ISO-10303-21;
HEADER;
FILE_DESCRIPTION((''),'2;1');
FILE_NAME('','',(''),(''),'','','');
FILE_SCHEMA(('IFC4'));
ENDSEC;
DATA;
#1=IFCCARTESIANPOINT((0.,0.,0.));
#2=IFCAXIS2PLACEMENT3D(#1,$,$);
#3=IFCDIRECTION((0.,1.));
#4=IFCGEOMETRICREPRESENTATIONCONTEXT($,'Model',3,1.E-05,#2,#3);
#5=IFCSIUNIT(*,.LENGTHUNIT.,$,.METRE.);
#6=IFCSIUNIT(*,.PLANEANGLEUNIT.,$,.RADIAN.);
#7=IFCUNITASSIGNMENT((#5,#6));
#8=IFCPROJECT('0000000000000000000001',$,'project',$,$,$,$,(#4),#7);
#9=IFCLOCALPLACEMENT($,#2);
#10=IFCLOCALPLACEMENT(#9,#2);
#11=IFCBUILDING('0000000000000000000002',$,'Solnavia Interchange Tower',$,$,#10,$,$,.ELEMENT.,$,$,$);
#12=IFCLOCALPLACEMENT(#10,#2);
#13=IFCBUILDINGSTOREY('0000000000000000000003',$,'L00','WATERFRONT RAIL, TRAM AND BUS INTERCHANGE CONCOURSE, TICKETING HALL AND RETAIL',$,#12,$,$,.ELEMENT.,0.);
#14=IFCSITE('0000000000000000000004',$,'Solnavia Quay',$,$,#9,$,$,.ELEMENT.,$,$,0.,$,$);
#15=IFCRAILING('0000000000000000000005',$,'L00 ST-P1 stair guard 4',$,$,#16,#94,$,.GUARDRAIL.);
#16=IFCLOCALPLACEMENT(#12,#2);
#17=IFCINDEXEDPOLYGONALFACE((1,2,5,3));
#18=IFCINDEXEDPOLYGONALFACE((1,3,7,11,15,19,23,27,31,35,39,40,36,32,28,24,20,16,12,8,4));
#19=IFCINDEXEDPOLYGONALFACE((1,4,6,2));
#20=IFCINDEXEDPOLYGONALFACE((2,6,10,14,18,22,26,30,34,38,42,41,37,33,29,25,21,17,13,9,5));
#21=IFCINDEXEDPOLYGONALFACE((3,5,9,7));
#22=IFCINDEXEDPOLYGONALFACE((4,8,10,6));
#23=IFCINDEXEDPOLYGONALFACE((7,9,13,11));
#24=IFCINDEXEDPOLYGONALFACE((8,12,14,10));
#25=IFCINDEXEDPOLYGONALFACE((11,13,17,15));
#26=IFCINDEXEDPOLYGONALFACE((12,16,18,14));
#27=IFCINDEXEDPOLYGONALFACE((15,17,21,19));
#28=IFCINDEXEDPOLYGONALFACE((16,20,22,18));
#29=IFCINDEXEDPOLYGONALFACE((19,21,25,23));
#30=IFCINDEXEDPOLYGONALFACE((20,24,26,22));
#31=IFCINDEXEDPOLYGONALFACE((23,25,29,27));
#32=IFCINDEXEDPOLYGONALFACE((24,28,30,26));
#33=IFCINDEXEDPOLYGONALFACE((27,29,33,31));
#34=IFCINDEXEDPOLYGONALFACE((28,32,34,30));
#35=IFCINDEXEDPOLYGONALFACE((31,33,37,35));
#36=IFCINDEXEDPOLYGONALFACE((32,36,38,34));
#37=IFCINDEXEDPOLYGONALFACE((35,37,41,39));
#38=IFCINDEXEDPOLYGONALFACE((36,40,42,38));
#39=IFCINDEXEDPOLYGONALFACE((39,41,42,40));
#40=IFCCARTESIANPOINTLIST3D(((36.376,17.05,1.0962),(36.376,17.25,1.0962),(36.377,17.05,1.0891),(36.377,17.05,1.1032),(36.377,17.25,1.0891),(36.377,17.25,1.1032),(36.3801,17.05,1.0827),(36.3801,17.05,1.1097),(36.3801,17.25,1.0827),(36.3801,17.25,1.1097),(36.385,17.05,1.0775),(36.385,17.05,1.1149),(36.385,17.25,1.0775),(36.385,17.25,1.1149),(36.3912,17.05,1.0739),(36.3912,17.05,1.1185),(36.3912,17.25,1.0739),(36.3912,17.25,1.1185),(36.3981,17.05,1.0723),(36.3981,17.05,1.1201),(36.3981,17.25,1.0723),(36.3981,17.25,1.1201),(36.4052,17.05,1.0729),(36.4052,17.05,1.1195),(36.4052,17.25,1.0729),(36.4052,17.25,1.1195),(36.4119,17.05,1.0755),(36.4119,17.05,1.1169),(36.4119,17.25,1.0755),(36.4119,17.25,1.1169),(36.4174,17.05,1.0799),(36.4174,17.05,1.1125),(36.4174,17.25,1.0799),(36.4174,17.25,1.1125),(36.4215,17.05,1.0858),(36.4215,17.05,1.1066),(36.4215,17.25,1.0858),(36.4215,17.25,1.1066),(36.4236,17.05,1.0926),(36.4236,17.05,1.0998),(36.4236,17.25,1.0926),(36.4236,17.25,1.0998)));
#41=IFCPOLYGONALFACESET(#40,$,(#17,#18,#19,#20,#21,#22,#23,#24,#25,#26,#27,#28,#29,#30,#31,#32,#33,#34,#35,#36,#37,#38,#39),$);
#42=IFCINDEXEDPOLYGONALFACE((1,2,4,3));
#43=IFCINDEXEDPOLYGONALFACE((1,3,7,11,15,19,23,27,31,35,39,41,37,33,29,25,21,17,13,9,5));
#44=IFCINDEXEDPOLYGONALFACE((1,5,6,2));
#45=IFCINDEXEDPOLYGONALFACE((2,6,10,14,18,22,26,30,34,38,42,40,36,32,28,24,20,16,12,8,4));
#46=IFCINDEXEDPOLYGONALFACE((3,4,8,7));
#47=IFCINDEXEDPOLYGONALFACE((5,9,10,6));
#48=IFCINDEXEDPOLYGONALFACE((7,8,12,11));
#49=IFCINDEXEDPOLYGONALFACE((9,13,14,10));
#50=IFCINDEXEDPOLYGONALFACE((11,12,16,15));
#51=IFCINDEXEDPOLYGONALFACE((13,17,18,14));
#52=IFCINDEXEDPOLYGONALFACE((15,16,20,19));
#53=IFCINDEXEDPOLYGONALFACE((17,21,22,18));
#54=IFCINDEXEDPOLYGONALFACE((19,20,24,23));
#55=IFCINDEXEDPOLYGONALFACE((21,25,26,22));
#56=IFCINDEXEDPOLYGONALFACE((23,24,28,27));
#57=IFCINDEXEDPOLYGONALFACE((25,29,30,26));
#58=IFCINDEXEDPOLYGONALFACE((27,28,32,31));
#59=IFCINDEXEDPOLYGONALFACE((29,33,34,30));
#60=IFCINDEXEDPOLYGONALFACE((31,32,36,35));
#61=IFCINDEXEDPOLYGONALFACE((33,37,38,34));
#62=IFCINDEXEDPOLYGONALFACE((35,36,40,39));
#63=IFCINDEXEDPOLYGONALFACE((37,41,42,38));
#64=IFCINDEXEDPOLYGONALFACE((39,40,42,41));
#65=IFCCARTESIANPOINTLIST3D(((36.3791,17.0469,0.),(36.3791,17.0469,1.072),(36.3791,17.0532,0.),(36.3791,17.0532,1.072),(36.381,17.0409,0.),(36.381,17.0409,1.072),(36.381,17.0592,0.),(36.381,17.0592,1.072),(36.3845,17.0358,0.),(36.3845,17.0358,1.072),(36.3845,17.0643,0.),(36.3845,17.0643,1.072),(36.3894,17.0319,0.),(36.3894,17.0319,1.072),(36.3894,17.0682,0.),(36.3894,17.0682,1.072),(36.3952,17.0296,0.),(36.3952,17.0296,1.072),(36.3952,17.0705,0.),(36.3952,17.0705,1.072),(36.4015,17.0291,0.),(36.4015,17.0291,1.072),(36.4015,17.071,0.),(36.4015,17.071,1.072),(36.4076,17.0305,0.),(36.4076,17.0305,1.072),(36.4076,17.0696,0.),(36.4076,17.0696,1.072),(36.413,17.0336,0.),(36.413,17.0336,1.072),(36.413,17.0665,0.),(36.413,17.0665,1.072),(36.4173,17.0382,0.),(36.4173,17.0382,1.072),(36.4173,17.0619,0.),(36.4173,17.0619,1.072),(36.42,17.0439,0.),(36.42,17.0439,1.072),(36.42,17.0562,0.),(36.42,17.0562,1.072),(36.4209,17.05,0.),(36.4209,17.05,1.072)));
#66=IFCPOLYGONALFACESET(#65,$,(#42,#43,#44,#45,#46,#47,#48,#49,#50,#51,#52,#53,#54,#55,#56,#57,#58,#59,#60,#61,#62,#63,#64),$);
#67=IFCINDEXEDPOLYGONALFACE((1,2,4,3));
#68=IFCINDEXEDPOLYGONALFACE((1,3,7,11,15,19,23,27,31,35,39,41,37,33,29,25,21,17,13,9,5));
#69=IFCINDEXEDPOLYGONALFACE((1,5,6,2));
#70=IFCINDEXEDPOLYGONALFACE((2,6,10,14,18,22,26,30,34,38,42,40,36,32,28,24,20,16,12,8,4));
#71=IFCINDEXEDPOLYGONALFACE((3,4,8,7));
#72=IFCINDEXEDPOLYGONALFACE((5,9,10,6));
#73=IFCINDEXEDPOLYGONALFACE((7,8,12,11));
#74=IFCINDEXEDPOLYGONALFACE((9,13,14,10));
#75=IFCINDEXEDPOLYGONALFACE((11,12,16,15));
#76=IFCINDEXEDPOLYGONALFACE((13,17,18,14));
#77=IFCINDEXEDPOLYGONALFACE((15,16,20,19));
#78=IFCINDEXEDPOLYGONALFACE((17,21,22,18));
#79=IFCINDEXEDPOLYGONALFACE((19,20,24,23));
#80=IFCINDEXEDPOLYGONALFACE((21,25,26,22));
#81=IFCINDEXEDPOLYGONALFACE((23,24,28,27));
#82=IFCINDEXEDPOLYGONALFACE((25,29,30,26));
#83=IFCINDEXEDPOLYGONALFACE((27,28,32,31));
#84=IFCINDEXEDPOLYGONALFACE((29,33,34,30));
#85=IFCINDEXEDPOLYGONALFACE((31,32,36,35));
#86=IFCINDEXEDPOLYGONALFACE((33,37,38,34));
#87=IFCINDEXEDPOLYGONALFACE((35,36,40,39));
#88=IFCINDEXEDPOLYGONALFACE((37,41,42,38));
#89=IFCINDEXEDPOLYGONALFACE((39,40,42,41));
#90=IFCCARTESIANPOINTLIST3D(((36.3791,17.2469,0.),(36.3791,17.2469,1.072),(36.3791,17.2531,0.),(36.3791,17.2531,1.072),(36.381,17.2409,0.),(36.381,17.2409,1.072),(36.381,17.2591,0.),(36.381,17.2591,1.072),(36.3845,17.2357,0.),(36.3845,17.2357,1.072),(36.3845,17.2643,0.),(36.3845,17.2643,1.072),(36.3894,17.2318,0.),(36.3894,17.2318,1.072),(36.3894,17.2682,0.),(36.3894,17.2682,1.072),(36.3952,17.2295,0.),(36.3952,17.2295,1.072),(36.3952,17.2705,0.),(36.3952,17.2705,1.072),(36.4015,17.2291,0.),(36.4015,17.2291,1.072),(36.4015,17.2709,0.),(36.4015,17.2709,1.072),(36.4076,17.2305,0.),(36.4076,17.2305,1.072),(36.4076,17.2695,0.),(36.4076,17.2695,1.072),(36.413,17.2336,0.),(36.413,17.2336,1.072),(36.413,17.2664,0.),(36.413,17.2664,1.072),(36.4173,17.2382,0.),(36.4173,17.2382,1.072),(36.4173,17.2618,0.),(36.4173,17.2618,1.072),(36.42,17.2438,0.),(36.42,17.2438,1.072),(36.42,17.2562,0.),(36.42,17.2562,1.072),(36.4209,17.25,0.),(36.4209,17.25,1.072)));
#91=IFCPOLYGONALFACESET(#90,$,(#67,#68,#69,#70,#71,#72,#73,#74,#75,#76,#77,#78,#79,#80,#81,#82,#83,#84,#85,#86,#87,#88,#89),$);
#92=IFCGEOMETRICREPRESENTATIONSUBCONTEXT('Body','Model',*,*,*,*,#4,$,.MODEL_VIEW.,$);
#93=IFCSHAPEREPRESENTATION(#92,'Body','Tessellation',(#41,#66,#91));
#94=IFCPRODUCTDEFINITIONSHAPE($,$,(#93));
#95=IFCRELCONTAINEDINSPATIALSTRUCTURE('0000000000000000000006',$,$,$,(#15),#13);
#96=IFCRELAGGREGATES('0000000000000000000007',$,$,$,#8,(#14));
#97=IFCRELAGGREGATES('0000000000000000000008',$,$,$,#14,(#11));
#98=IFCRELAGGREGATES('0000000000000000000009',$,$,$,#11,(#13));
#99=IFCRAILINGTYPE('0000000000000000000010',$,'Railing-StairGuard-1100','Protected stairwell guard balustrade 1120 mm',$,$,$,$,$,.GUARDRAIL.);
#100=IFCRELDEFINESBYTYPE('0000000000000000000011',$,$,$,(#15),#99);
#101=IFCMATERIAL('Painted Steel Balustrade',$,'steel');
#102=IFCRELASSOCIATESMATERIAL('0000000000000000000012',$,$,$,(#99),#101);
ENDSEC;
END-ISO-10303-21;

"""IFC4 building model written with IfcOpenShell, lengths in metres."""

from ifc_helpers import new_model, si_unit, direction, frame, origin, origin_2d, place, context, subcontext, project, spatial, circle, extrude, material, type_object, element, save


model = new_model("IFC4")

# Units and contexts
model_context = context("Model", 3, precision=1e-05, world=origin(), true_north=direction((0.0, 1.0)))
body_context = subcontext(model_context, "Body", "Model", "MODEL_VIEW")
ifc_project = project(units=[si_unit("LENGTHUNIT", "METRE"), si_unit("PLANEANGLEUNIT", "RADIAN")], contexts=[model_context])

# Site, building, storey
site_placement = place(None, origin())
site = spatial("IfcSite", under=ifc_project, at=site_placement, Name="Solnavia Quay", CompositionType="ELEMENT", RefElevation=0.0)
building_placement = place(site_placement, origin())
building = spatial("IfcBuilding", under=site, at=building_placement, Name="Solnavia Interchange Tower", CompositionType="ELEMENT")
storey_placement = place(building_placement, origin())
storey = spatial("IfcBuildingStorey", under=building, at=storey_placement, Name="L00", Description="WATERFRONT RAIL, TRAM AND BUS INTERCHANGE CONCOURSE, TICKETING HALL AND RETAIL", CompositionType="ELEMENT", Elevation=0.0)

# Railing
ifc_material_1 = material(Name="Painted Steel Balustrade", Category="steel")
railing_type_1 = type_object("IfcRailingType", Name="Railing-StairGuard-1100", Description="Protected stairwell guard balustrade 1120 mm", PredefinedType="GUARDRAIL", material=ifc_material_1)
railing_1_placement = place(storey_placement, frame((36.3999, 17.05, 0.0)))
element("IfcRailing", 1, at=railing_1_placement, inside=storey, type_object=railing_type_1, Name="L00 ST-P1 stair guard 4", PredefinedType="GUARDRAIL", context=body_context, shape_type="SweptSolid", body=[
    extrude(circle(Radius=0.0239, at=origin_2d()), frame((0.0, 0.0, 1.0962), z_axis=(0.0, 1.0, 0.0), x_axis=(-1.0, 0.0, 0.0)), (0.0, 0.0, 1.0), 0.2),
    extrude(circle(Radius=0.021, at=origin_2d()), origin(), (0.0, 0.0, 1.0), 1.072),
    extrude(circle(Radius=0.021, at=origin_2d()), frame((0.0, 0.2, 0.0)), (0.0, 0.0, 1.0), 1.072),
])

save(model, "model.ifc")
